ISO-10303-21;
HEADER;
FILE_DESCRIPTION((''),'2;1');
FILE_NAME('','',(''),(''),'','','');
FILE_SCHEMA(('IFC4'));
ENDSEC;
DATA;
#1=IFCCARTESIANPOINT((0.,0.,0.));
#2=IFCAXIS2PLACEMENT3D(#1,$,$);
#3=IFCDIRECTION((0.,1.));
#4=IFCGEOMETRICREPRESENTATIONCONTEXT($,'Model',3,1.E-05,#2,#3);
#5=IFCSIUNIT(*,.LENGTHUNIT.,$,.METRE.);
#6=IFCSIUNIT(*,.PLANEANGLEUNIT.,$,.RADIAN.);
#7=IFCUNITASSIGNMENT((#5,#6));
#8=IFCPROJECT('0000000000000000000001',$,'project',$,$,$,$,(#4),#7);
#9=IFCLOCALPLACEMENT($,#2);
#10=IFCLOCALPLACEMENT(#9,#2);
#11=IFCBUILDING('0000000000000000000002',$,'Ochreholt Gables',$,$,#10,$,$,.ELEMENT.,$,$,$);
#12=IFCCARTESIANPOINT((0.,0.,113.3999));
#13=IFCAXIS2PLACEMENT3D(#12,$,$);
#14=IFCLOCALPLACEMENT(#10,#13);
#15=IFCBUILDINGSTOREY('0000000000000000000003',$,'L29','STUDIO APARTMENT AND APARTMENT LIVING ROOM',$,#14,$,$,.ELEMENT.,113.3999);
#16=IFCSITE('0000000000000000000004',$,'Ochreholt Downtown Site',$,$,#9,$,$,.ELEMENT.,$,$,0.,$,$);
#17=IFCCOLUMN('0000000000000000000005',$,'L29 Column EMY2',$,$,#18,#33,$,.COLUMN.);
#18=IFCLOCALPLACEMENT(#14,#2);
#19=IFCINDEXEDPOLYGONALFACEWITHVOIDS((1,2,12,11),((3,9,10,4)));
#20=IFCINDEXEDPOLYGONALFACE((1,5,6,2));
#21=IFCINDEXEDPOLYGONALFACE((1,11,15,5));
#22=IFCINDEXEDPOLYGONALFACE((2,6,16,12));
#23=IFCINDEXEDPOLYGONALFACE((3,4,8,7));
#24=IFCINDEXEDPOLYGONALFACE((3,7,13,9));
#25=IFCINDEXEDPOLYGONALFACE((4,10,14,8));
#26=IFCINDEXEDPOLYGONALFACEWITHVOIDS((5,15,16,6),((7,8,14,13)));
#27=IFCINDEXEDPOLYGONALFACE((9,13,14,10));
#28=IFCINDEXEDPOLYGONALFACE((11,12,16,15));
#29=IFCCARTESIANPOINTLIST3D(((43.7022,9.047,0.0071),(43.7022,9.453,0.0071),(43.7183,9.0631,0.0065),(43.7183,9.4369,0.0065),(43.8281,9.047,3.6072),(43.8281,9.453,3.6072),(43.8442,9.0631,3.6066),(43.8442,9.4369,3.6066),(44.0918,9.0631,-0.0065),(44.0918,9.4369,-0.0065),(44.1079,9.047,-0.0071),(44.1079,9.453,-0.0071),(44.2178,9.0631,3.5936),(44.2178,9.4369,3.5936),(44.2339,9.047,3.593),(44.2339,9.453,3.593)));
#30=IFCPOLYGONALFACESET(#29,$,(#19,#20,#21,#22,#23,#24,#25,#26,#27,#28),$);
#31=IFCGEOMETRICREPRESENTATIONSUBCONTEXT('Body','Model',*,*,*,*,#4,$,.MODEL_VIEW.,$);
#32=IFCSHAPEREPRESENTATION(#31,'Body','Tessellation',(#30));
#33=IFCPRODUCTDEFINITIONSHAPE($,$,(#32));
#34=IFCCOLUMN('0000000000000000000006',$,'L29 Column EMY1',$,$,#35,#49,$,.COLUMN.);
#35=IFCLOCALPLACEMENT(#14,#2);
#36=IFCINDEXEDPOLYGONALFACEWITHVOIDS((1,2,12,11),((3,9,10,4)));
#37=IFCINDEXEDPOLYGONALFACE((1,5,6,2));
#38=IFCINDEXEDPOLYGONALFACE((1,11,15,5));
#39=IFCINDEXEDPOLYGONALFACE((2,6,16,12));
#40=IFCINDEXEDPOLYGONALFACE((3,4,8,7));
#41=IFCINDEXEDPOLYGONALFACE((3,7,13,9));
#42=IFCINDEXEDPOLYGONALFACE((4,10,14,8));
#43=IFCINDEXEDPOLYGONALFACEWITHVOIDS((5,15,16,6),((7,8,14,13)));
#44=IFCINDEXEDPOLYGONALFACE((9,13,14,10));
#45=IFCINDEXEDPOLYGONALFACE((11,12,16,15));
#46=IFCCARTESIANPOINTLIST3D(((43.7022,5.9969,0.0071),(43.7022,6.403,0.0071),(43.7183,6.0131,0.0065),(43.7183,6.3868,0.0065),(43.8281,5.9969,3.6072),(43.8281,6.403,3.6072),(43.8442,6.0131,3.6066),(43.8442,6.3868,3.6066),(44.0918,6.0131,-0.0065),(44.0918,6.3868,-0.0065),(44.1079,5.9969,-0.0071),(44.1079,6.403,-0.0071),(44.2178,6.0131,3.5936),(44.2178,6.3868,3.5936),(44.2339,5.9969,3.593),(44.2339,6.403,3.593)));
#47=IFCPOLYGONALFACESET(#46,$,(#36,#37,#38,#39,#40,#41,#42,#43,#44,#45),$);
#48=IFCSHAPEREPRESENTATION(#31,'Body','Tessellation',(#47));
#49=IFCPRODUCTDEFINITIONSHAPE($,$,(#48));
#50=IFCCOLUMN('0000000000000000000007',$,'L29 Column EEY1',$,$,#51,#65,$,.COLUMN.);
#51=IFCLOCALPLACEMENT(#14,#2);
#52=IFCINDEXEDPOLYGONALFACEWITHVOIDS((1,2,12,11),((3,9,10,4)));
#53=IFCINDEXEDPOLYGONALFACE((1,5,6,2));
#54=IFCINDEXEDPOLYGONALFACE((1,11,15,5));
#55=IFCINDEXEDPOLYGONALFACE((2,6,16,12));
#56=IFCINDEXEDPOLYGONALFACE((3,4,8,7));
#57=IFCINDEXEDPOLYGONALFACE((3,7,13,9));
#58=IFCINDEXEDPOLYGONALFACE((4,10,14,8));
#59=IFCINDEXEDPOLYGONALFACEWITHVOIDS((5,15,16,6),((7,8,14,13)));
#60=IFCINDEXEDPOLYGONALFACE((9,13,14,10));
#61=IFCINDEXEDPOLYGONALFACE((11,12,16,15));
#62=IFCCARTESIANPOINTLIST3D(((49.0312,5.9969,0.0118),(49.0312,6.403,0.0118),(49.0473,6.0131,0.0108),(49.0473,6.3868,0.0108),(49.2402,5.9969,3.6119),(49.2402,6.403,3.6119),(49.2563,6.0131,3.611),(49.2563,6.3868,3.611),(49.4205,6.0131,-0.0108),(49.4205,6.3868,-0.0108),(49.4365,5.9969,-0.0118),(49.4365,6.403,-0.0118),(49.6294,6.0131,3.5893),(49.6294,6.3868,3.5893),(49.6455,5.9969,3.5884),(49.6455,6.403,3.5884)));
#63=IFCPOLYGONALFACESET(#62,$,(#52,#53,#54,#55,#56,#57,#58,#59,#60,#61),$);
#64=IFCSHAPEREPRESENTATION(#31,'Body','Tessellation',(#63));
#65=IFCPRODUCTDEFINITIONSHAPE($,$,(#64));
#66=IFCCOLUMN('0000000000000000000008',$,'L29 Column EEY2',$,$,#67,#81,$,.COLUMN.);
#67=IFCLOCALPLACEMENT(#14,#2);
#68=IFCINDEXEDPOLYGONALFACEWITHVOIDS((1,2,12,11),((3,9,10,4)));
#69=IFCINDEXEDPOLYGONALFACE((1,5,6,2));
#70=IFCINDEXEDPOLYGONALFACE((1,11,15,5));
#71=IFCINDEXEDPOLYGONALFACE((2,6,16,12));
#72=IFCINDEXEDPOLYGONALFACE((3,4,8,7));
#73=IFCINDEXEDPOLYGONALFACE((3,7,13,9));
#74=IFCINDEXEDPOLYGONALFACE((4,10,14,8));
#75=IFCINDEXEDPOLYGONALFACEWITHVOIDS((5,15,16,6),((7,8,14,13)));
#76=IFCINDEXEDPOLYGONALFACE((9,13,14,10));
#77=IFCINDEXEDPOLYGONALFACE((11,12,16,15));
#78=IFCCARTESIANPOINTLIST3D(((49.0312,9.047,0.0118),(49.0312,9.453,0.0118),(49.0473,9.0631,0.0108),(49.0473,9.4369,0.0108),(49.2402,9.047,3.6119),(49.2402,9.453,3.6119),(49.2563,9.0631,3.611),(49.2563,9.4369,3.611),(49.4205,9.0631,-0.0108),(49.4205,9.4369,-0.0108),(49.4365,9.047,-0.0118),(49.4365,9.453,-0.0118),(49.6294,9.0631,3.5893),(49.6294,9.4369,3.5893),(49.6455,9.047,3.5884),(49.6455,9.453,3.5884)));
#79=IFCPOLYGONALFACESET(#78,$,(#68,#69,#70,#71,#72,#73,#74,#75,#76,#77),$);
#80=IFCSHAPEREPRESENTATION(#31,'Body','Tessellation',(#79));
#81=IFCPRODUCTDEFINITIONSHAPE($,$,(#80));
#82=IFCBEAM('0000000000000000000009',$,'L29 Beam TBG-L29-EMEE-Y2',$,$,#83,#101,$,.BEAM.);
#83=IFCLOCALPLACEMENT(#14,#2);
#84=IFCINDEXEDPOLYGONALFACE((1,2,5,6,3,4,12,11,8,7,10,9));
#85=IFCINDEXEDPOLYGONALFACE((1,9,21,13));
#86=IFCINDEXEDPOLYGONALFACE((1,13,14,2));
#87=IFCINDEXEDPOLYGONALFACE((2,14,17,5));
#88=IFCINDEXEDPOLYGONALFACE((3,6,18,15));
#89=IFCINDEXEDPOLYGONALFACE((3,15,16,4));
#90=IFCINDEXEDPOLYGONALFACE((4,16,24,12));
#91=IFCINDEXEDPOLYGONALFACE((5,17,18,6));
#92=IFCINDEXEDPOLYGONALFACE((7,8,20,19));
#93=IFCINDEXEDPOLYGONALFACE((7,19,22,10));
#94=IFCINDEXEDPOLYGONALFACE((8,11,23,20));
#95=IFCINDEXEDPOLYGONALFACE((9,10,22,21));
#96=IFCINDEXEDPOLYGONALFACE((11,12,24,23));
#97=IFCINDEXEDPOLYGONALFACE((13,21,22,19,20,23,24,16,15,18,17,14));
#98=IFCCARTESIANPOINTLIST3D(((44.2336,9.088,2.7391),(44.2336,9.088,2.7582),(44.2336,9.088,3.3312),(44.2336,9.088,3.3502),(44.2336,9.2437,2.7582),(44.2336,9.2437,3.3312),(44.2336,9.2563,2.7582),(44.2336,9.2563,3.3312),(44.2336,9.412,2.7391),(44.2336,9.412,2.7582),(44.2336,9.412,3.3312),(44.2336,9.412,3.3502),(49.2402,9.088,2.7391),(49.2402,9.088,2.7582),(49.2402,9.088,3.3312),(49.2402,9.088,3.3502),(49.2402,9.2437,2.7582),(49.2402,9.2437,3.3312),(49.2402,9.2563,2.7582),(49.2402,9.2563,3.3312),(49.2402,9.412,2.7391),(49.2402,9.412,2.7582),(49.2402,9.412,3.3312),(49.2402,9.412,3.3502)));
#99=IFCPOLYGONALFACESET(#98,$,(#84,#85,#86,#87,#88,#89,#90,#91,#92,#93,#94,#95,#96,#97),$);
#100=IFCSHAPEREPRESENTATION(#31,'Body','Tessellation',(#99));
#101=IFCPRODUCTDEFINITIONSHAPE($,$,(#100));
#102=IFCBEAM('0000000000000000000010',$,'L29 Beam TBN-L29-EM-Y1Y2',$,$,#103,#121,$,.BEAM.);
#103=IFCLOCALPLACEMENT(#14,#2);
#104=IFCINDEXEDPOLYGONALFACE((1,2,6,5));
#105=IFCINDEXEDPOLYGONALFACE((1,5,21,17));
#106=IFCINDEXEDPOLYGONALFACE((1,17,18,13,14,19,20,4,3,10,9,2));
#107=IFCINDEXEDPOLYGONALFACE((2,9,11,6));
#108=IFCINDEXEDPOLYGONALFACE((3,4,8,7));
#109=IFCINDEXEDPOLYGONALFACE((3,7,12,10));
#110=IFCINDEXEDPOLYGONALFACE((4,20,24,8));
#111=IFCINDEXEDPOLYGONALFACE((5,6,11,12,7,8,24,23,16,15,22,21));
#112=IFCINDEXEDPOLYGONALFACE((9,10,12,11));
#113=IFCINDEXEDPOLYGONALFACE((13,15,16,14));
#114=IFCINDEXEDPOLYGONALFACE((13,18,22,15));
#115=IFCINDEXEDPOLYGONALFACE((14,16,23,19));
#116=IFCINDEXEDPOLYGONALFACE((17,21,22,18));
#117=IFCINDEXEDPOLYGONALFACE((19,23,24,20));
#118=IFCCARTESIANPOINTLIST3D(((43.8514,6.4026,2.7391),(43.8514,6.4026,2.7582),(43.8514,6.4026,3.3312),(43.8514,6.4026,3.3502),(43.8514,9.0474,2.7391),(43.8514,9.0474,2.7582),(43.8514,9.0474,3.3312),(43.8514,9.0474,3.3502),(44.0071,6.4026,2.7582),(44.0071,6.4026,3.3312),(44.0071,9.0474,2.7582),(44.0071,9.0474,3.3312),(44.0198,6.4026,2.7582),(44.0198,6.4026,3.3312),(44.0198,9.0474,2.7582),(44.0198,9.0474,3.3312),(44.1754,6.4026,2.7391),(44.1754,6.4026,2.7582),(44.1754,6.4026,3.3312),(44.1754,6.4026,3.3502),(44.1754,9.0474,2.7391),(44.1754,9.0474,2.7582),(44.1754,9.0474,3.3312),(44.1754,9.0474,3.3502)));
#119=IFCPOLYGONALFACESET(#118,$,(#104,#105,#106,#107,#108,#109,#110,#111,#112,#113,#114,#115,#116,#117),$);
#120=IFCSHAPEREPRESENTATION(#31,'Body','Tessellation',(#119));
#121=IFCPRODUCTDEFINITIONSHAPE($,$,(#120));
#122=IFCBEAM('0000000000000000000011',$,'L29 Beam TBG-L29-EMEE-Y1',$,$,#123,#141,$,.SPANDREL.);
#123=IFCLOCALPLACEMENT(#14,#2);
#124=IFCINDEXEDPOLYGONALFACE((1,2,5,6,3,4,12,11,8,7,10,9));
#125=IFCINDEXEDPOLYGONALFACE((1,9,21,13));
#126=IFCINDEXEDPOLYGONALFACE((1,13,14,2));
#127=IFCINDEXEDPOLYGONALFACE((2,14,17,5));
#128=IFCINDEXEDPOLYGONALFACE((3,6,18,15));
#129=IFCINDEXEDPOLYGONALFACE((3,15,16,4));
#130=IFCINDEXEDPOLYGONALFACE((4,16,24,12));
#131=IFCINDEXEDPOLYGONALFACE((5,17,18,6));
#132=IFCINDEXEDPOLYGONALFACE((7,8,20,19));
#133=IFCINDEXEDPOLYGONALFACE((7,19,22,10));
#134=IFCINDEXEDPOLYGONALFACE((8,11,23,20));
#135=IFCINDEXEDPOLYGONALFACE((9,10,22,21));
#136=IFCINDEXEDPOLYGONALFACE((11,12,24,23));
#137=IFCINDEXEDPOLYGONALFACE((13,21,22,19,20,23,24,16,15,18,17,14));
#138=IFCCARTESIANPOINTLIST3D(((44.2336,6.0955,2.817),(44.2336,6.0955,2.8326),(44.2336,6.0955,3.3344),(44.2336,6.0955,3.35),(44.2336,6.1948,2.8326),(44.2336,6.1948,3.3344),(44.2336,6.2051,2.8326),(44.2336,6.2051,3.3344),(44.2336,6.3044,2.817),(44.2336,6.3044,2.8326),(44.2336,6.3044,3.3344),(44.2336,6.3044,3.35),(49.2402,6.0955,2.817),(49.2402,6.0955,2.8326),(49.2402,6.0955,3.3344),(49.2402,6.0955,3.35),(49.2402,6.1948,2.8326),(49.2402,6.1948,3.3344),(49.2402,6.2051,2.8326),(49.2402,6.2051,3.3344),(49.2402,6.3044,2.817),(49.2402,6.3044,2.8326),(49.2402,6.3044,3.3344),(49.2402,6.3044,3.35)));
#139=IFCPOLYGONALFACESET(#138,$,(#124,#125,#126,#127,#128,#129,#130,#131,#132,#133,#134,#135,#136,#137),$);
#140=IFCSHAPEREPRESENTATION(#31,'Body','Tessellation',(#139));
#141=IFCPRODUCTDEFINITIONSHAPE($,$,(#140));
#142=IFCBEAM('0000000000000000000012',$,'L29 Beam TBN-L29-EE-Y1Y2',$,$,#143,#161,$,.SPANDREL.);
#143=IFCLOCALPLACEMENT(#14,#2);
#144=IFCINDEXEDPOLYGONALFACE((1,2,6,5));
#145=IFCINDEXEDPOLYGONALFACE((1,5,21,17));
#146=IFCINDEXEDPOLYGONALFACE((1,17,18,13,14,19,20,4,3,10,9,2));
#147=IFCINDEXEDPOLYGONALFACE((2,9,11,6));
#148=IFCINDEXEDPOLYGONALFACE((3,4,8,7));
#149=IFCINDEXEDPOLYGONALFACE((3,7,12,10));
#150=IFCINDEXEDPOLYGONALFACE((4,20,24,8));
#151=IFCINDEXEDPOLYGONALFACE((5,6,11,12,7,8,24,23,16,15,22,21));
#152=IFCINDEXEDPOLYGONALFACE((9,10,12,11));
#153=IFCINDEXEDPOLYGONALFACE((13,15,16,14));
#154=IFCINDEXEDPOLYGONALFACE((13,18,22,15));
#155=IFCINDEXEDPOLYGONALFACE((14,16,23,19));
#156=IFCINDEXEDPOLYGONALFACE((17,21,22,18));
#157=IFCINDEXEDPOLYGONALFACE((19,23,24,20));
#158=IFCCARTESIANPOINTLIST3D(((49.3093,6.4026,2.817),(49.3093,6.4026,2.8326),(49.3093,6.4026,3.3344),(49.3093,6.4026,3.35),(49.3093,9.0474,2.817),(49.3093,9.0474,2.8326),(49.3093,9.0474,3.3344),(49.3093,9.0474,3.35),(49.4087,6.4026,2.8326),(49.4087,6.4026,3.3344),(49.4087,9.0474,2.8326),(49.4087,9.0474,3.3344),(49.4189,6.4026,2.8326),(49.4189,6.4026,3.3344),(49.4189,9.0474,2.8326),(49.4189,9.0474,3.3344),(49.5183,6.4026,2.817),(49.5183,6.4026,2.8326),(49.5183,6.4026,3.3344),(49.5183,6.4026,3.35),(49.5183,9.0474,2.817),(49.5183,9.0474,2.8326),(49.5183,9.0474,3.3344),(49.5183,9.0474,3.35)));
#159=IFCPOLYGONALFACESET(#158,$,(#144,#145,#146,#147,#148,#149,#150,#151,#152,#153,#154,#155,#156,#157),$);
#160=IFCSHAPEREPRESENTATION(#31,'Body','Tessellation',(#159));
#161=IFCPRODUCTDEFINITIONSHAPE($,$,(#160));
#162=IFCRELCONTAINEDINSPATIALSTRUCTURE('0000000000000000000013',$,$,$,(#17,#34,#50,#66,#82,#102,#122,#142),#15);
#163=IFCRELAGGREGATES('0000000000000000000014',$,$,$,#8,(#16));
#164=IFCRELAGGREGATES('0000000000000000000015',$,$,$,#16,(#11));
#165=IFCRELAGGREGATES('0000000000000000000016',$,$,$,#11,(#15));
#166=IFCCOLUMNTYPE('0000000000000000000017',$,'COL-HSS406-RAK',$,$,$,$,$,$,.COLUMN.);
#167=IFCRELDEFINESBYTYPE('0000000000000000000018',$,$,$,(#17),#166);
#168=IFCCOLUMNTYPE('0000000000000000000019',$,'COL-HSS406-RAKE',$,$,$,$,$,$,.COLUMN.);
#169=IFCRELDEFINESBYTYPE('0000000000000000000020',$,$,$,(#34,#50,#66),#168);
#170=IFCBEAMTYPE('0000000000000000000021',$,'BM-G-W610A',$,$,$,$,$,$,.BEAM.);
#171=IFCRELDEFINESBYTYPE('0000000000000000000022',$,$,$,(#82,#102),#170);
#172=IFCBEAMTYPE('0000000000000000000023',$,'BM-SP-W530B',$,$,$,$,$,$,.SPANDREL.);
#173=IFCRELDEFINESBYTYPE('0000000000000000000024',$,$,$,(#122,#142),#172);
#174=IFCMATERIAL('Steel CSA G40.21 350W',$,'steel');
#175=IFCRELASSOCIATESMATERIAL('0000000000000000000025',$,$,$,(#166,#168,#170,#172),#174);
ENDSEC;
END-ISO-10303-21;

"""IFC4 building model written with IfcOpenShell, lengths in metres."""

from ifc_helpers import new_model, si_unit, direction, frame, origin, origin_2d, place, context, subcontext, project, spatial, hollow_rectangle, i_section, extrude, material, material_profile, profile_set, type_object, element, save


model = new_model("IFC4")

# Units and contexts
model_context = context("Model", 3, precision=1e-05, world=origin(), true_north=direction((0.0, 1.0)))
body_context = subcontext(model_context, "Body", "Model", "MODEL_VIEW")
ifc_project = project(units=[si_unit("LENGTHUNIT", "METRE"), si_unit("PLANEANGLEUNIT", "RADIAN")], contexts=[model_context])

# Site, building, storey
site_placement = place(None, origin())
site = spatial("IfcSite", under=ifc_project, at=site_placement, Name="Ochreholt Downtown Site", CompositionType="ELEMENT", RefElevation=0.0)
building_placement = place(site_placement, origin())
building = spatial("IfcBuilding", under=site, at=building_placement, Name="Ochreholt Gables", CompositionType="ELEMENT")
storey_placement = place(building_placement, frame((0.0, 0.0, 113.3999)))
storey = spatial("IfcBuildingStorey", under=building, at=storey_placement, Name="L29", Description="STUDIO APARTMENT AND APARTMENT LIVING ROOM", CompositionType="ELEMENT", Elevation=113.3999)

# Columns
ifc_material_1 = material(Name="Steel CSA G40.21 350W", Category="steel")
ifc_material_profile_1 = material_profile(ifc_material_1, hollow_rectangle(XDim=0.406, YDim=0.406, WallThickness=0.0161, at=origin_2d()), Name="HSS406X406X16")
ifc_profile_set_1 = profile_set([ifc_material_profile_1], Name="Steel CSA G40.21 350W")
column_type_1 = type_object("IfcColumnType", Name="COL-HSS406-RAK", PredefinedType="COLUMN", material=ifc_profile_set_1)
column_1_placement = place(storey_placement, frame((43.905, 9.25, 0.0), z_axis=(0.034971, 0.0, 0.999388), x_axis=(0.0, 1.0, 0.0)))
element("IfcColumn", 1, at=column_1_placement, inside=storey, type_object=column_type_1, Name="L29 Column EMY2", PredefinedType="COLUMN", context=body_context, shape_type="SweptSolid", body=[
    extrude(hollow_rectangle(XDim=0.406, YDim=0.406, WallThickness=0.0161, at=origin_2d()), origin(), (0.0, 0.0, 1.0), 3.6023),
])
ifc_material_profile_2 = material_profile(ifc_material_1, hollow_rectangle(XDim=0.406, YDim=0.406, WallThickness=0.0161, at=origin_2d()), Name="HSS406X406X16")
ifc_profile_set_2 = profile_set([ifc_material_profile_2], Name="Steel CSA G40.21 350W")
column_type_2 = type_object("IfcColumnType", Name="COL-HSS406-RAKE", PredefinedType="COLUMN", material=ifc_profile_set_2)
column_2_placement = place(storey_placement, frame((43.905, 6.2, 0.0), z_axis=(0.034971, 0.0, 0.999388), x_axis=(0.0, 1.0, 0.0)))
element("IfcColumn", 2, at=column_2_placement, inside=storey, type_object=column_type_2, Name="L29 Column EMY1", PredefinedType="COLUMN", context=body_context, shape_type="SweptSolid", body=[
    extrude(hollow_rectangle(XDim=0.406, YDim=0.406, WallThickness=0.0161, at=origin_2d()), origin(), (0.0, 0.0, 1.0), 3.6023),
])
for number, where, z_axis, x_axis, name in (
    (3, (49.2339, 6.2, 0.0), (0.057952, 0.0, 0.998319), (0.0, 1.0, 0.0), "L29 Column EEY1"),
    (4, (49.2339, 9.25, 0.0), (0.057952, 0.0, 0.998319), (0.0, 1.0, 0.0), "L29 Column EEY2"),
):
    element("IfcColumn", number, at=place(storey_placement, frame(where, z_axis=z_axis, x_axis=x_axis)), inside=storey, type_object=column_type_2, Name=name, PredefinedType="COLUMN", context=body_context, shape_type="SweptSolid", body=[
        extrude(hollow_rectangle(XDim=0.406, YDim=0.406, WallThickness=0.0161, at=origin_2d()), origin(), (0.0, 0.0, 1.0), 3.6062),
    ])

# Beams
ifc_material_profile_3 = material_profile(ifc_material_1, i_section(OverallWidth=0.324, OverallDepth=0.6111, WebThickness=0.0127, FlangeThickness=0.019, at=origin_2d()), Name="W610X155")
ifc_profile_set_3 = profile_set([ifc_material_profile_3], Name="Steel CSA G40.21 350W")
beam_type_1 = type_object("IfcBeamType", Name="BM-G-W610A", PredefinedType="BEAM", material=ifc_profile_set_3)
beam_1_placement = place(storey_placement, frame((44.2336, 9.25, 3.0447), z_axis=(1.0, 0.0, 0.0), x_axis=(0.0, 1.0, 0.0)))
element("IfcBeam", 5, at=beam_1_placement, inside=storey, type_object=beam_type_1, Name="L29 Beam TBG-L29-EMEE-Y2", PredefinedType="BEAM", context=body_context, shape_type="SweptSolid", body=[
    extrude(i_section(OverallWidth=0.324, OverallDepth=0.6111, WebThickness=0.0127, FlangeThickness=0.019, at=origin_2d()), origin(), (0.0, 0.0, 1.0), 5.0066),
])
beam_2_placement = place(storey_placement, frame((44.0134, 6.4026, 3.0447), z_axis=(0.0, 1.0, 0.0), x_axis=(-1.0, 0.0, 0.0)))
element("IfcBeam", 6, at=beam_2_placement, inside=storey, type_object=beam_type_1, Name="L29 Beam TBN-L29-EM-Y1Y2", PredefinedType="BEAM", context=body_context, shape_type="SweptSolid", body=[
    extrude(i_section(OverallWidth=0.324, OverallDepth=0.6111, WebThickness=0.0127, FlangeThickness=0.019, at=origin_2d()), origin(), (0.0, 0.0, 1.0), 2.6448),
])
ifc_material_profile_4 = material_profile(ifc_material_1, i_section(OverallWidth=0.209, OverallDepth=0.533, WebThickness=0.0103, FlangeThickness=0.0156, at=origin_2d()), Name="W530X92")
ifc_profile_set_4 = profile_set([ifc_material_profile_4], Name="Steel CSA G40.21 350W")
beam_type_2 = type_object("IfcBeamType", Name="BM-SP-W530B", PredefinedType="SPANDREL", material=ifc_profile_set_4)
beam_3_placement = place(storey_placement, frame((44.2336, 6.2, 3.0835), z_axis=(1.0, 0.0, 0.0), x_axis=(0.0, 1.0, 0.0)))
element("IfcBeam", 7, at=beam_3_placement, inside=storey, type_object=beam_type_2, Name="L29 Beam TBG-L29-EMEE-Y1", PredefinedType="SPANDREL", context=body_context, shape_type="SweptSolid", body=[
    extrude(i_section(OverallWidth=0.209, OverallDepth=0.533, WebThickness=0.0103, FlangeThickness=0.0156, at=origin_2d()), origin(), (0.0, 0.0, 1.0), 5.0066),
])
beam_4_placement = place(storey_placement, frame((49.4138, 6.4026, 3.0835), z_axis=(0.0, 1.0, 0.0), x_axis=(-1.0, 0.0, 0.0)))
element("IfcBeam", 8, at=beam_4_placement, inside=storey, type_object=beam_type_2, Name="L29 Beam TBN-L29-EE-Y1Y2", PredefinedType="SPANDREL", context=body_context, shape_type="SweptSolid", body=[
    extrude(i_section(OverallWidth=0.209, OverallDepth=0.533, WebThickness=0.0103, FlangeThickness=0.0156, at=origin_2d()), origin(), (0.0, 0.0, 1.0), 2.6448),
])

save(model, "model.ifc")
